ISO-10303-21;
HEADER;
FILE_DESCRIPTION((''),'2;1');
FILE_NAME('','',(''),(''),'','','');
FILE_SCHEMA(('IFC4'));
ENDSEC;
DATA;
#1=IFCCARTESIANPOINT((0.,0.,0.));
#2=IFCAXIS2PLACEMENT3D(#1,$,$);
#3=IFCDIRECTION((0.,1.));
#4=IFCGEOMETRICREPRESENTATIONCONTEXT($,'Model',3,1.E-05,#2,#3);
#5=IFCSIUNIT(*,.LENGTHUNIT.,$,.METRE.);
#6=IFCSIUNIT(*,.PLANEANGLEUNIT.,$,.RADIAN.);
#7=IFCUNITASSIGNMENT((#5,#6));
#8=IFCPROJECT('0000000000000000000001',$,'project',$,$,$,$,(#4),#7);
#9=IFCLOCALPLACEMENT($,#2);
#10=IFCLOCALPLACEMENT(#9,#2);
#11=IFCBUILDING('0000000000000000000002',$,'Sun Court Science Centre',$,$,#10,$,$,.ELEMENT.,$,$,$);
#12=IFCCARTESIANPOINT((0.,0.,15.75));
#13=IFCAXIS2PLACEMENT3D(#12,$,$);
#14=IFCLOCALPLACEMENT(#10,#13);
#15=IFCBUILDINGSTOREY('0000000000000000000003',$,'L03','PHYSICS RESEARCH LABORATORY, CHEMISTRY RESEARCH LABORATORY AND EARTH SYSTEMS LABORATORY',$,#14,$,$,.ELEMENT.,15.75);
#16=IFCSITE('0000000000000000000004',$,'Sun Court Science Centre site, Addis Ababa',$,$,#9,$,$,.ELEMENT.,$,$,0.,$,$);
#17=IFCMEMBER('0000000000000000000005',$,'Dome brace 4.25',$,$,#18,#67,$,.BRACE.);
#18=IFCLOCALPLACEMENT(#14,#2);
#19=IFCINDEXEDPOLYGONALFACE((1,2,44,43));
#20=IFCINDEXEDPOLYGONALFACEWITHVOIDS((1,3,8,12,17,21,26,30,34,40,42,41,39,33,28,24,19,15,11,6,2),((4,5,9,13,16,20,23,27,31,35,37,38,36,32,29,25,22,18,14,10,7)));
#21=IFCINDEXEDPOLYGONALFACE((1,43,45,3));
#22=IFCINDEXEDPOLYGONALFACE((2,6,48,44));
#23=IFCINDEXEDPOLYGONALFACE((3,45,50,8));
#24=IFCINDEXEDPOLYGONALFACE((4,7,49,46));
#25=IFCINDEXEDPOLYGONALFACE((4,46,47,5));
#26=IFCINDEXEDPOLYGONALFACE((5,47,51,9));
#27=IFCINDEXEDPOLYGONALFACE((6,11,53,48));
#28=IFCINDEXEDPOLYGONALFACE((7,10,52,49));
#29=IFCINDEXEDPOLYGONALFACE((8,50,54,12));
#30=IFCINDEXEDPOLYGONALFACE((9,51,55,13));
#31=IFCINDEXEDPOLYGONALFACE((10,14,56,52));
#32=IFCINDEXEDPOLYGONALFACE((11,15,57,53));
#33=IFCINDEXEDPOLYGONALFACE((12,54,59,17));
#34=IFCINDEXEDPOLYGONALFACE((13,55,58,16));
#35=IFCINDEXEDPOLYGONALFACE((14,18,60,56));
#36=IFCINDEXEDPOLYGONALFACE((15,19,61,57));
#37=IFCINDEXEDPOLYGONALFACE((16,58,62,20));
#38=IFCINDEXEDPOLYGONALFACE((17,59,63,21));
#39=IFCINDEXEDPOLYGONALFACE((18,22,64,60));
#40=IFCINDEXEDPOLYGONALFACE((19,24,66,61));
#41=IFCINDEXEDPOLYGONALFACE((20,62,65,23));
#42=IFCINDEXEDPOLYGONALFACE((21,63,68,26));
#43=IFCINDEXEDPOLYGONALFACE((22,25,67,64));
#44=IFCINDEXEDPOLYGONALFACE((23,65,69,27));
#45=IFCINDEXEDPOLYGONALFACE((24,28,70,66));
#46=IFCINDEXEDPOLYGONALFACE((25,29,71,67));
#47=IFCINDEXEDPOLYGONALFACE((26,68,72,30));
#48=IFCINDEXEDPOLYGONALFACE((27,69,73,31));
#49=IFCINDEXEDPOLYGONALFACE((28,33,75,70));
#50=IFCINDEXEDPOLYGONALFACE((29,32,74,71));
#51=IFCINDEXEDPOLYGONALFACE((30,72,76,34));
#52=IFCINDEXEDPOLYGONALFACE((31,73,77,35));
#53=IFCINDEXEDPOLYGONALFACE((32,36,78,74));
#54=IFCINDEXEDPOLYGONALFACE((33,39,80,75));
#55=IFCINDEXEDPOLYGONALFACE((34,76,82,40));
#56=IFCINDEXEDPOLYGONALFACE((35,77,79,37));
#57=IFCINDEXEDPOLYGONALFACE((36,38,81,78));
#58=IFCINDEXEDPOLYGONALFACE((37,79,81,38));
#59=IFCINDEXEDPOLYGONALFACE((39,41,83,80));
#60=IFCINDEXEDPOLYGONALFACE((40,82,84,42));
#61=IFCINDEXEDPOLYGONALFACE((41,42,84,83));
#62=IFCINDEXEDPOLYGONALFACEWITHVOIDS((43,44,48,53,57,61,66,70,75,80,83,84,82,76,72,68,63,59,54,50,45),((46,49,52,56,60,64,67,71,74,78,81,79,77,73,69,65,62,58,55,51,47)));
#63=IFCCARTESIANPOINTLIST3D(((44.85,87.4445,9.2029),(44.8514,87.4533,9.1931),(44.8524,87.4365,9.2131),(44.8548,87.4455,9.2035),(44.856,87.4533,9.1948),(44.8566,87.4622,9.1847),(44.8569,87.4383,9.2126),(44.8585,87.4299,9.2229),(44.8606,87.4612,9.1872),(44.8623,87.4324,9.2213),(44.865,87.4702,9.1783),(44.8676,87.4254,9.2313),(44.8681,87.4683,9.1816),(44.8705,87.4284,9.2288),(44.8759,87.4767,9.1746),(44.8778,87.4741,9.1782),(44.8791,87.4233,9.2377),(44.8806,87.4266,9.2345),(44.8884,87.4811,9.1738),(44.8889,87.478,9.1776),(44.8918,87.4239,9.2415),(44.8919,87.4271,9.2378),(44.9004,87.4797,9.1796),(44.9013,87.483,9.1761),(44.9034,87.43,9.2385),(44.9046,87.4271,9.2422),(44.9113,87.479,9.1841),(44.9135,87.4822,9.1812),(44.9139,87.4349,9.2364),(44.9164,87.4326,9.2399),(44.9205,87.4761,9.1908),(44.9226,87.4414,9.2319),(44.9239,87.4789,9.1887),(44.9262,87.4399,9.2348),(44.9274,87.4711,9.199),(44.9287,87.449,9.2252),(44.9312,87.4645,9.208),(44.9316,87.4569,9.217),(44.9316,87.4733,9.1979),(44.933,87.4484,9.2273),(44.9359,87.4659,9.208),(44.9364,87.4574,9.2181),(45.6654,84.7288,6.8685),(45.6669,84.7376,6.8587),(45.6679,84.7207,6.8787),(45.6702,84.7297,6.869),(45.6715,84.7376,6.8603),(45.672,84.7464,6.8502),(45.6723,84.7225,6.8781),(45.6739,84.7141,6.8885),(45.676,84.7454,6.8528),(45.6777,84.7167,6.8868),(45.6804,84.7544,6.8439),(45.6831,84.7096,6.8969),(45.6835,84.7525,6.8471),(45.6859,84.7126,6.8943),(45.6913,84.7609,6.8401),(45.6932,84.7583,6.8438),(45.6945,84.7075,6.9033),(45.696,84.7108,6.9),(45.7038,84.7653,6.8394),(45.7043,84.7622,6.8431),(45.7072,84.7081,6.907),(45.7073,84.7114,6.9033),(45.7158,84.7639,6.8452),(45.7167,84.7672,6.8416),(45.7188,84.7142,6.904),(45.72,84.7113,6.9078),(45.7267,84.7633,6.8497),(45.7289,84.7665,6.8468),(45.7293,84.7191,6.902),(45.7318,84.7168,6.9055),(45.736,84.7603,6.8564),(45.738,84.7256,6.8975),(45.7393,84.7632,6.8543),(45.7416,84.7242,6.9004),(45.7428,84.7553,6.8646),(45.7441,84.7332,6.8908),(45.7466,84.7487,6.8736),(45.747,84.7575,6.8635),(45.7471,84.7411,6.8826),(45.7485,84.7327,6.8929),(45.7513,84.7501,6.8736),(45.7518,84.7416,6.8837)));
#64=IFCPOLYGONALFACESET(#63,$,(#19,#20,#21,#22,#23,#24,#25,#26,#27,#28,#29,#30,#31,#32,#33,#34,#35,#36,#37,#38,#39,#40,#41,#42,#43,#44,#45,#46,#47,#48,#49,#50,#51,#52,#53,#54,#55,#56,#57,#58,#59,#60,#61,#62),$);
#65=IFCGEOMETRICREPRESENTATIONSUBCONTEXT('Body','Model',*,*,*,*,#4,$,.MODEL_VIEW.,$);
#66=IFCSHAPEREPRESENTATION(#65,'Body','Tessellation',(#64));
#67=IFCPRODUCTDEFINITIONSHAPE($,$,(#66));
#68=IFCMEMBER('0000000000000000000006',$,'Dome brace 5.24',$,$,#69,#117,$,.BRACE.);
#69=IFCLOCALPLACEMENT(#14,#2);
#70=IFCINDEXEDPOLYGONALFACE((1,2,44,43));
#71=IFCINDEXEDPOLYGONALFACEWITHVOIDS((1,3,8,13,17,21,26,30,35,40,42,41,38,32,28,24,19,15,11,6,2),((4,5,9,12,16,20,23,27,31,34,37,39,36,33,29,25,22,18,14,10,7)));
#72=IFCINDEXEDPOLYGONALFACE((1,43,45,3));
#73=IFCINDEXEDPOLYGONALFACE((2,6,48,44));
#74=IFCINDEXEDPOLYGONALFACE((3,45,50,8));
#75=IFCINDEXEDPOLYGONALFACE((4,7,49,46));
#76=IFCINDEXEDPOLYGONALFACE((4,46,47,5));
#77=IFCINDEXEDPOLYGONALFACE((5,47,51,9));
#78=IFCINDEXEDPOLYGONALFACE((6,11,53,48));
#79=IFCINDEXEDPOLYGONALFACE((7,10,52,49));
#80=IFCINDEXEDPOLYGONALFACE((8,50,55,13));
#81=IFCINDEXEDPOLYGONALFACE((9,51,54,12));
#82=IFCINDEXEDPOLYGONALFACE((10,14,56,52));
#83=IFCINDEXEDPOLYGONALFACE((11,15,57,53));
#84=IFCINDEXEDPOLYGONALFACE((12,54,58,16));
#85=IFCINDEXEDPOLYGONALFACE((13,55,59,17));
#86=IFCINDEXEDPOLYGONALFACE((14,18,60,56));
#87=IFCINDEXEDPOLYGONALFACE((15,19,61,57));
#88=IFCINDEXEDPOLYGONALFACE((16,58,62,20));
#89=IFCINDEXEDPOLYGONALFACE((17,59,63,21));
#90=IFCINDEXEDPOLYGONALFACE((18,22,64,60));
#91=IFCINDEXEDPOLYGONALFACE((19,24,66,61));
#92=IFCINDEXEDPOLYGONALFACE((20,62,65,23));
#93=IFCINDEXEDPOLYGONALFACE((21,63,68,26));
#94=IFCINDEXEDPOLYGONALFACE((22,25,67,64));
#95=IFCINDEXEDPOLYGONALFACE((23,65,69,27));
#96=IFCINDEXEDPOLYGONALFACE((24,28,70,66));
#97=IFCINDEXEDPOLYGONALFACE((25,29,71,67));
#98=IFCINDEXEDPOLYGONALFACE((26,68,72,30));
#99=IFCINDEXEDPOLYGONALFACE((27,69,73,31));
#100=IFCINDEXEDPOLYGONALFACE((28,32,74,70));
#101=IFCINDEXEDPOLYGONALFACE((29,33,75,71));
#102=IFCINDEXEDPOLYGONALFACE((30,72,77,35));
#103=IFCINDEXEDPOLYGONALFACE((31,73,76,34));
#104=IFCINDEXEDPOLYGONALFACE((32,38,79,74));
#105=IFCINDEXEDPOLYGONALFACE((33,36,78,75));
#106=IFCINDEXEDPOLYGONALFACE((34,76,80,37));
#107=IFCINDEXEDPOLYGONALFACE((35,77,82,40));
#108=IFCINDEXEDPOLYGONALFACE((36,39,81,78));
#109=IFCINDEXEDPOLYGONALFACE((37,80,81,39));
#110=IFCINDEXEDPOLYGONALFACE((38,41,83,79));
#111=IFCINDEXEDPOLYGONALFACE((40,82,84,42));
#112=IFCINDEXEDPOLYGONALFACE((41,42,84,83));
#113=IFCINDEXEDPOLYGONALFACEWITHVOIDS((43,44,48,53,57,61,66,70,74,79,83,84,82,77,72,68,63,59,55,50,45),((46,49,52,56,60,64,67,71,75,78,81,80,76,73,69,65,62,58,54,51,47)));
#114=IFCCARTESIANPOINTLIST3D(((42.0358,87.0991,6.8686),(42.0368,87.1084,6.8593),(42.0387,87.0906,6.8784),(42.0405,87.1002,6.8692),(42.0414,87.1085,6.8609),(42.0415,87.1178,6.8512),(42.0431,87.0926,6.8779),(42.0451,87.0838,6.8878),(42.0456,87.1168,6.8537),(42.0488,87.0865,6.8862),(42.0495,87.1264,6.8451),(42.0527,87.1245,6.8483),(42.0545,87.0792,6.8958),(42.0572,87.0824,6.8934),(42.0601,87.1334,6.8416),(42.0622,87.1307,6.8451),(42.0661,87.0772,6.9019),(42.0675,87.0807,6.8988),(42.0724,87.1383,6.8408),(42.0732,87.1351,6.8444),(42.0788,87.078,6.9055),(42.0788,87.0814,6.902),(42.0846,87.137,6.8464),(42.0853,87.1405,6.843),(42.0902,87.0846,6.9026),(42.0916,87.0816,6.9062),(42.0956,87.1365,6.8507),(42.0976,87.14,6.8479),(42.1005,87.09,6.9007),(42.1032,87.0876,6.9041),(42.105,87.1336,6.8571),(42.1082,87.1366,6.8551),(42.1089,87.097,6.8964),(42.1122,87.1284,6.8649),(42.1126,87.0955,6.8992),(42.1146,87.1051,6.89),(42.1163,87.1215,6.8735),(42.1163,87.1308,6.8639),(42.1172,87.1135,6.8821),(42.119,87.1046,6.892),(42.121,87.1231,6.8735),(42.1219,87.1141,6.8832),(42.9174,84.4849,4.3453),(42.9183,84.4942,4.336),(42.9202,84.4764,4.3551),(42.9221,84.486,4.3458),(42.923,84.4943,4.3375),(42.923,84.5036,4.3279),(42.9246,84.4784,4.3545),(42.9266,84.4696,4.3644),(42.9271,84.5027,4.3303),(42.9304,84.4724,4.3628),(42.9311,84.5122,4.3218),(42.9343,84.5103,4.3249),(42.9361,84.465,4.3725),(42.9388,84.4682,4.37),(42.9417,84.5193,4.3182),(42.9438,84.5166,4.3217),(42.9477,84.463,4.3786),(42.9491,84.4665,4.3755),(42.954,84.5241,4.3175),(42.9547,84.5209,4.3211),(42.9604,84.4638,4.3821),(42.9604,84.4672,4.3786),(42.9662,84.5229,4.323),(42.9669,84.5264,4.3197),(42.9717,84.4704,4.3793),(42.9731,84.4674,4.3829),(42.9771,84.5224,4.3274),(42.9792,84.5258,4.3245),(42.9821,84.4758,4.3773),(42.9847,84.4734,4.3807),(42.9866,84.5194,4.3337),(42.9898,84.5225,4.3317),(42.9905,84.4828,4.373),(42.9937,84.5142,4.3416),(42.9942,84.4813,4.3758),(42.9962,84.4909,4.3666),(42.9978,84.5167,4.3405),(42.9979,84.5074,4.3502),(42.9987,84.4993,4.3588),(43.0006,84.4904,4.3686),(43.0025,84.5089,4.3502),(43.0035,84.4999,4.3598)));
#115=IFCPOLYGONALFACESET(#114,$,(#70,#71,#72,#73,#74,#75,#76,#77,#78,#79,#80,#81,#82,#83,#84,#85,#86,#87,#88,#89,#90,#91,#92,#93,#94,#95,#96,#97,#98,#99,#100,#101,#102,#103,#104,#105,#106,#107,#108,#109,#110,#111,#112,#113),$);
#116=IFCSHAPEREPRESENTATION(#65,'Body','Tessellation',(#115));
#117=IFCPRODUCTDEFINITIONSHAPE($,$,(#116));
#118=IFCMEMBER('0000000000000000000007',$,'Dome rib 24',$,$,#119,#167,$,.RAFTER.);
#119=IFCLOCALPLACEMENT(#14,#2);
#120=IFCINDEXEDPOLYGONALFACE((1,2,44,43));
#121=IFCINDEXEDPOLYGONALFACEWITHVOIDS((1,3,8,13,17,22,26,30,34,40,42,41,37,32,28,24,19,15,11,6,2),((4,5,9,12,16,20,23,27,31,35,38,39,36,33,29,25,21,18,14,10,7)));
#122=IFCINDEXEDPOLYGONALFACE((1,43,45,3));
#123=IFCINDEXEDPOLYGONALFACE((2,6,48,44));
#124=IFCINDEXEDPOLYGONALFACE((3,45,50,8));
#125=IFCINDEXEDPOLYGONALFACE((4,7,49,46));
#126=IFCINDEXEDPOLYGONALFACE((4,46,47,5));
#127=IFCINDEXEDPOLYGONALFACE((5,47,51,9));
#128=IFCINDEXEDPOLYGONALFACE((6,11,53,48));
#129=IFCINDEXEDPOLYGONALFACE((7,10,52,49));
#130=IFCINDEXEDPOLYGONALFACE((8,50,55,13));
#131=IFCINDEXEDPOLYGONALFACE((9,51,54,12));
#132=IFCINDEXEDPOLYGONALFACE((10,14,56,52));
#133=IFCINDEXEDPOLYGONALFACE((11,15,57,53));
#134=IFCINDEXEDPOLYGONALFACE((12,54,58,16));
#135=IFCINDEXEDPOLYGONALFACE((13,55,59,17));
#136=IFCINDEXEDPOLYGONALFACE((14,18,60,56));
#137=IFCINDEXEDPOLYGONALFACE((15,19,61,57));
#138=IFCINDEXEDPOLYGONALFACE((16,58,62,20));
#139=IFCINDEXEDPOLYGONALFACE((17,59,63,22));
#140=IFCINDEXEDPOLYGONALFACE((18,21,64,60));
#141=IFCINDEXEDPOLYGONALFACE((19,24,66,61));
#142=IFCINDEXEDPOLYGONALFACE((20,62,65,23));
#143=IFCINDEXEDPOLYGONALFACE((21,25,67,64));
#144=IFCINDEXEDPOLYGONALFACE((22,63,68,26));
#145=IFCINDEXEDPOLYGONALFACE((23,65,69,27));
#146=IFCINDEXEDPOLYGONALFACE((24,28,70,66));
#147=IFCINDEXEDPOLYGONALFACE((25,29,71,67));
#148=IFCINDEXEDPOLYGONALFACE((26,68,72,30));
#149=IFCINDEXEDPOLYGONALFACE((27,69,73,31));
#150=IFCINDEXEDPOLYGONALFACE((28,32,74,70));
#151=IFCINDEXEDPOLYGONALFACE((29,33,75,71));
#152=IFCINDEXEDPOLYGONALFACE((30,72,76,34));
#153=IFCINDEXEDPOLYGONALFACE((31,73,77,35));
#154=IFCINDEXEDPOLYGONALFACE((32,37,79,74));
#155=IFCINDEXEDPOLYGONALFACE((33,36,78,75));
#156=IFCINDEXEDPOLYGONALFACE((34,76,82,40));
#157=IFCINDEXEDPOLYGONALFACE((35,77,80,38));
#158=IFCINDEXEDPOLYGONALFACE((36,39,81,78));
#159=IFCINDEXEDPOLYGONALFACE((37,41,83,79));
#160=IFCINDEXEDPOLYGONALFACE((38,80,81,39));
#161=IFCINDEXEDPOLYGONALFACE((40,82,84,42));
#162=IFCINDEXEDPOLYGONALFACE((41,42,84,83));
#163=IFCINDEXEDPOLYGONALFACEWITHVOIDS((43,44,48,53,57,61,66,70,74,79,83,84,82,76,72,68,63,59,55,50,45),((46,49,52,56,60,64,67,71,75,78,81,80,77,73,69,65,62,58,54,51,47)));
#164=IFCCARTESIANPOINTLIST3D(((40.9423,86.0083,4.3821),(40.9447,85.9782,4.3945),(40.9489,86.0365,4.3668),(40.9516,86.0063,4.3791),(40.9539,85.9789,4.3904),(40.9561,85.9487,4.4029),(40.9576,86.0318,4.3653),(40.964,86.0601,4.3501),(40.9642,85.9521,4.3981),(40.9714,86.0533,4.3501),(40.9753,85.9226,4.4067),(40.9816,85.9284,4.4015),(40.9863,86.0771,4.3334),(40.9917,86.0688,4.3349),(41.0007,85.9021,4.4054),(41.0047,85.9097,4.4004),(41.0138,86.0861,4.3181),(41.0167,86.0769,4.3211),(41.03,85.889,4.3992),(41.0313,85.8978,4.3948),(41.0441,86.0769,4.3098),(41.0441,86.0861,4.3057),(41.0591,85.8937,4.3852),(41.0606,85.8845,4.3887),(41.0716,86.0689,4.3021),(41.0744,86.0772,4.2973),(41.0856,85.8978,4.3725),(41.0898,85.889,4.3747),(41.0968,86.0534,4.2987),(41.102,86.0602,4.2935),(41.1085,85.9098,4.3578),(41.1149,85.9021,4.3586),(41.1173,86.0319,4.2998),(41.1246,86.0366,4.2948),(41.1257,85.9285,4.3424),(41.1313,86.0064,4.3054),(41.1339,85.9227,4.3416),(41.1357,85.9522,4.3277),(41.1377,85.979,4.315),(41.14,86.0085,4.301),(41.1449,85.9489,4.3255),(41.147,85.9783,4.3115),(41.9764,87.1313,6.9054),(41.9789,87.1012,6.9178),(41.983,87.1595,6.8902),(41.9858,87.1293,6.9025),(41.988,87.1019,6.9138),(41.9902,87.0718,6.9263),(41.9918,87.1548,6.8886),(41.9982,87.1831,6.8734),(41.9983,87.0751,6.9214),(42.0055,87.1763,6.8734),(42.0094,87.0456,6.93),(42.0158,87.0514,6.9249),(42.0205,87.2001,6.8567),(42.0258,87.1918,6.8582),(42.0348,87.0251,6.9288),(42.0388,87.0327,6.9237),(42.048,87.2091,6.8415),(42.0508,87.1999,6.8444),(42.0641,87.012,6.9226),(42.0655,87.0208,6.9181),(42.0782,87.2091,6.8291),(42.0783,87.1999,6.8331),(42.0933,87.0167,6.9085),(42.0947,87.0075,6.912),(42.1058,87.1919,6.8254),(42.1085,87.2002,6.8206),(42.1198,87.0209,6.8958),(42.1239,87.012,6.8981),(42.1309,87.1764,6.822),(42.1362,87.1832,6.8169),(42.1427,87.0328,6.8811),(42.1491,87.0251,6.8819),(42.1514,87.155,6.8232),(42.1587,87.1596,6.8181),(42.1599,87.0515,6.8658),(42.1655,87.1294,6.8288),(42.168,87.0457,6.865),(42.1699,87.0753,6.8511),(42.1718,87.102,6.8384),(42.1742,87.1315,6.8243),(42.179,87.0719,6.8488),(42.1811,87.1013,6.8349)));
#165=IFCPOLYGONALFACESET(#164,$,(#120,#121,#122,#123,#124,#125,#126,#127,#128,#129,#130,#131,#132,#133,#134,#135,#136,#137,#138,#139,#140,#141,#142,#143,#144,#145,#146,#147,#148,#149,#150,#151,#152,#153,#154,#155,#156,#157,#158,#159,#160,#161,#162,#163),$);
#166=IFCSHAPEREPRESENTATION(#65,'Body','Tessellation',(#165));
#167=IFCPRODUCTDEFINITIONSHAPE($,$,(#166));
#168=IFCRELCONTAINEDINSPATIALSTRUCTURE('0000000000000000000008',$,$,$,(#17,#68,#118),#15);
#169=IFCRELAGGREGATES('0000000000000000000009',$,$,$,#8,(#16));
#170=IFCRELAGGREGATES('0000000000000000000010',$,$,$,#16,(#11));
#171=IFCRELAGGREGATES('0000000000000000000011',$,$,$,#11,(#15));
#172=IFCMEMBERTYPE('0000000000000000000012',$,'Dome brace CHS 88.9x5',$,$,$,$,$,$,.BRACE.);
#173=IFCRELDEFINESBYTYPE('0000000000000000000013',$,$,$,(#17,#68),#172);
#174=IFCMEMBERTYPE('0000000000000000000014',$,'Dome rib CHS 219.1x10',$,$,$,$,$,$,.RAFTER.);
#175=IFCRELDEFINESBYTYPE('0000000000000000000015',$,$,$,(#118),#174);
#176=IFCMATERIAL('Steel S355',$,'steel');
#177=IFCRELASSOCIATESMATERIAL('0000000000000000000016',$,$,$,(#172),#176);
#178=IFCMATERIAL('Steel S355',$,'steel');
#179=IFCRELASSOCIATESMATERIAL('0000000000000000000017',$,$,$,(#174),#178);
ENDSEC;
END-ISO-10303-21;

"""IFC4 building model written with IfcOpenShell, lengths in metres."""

from ifc_helpers import new_model, si_unit, direction, frame, origin, origin_2d, place, context, subcontext, project, spatial, hollow_circle, extrude, material, material_profile, profile_set, type_object, element, save


model = new_model("IFC4")

# Units and contexts
model_context = context("Model", 3, precision=1e-05, world=origin(), true_north=direction((0.0, 1.0)))
body_context = subcontext(model_context, "Body", "Model", "MODEL_VIEW")
ifc_project = project(units=[si_unit("LENGTHUNIT", "METRE"), si_unit("PLANEANGLEUNIT", "RADIAN")], contexts=[model_context])

# Site, building, storey
site_placement = place(None, origin())
site = spatial("IfcSite", under=ifc_project, at=site_placement, Name="Sun Court Science Centre site, Addis Ababa", CompositionType="ELEMENT", RefElevation=0.0)
building_placement = place(site_placement, origin())
building = spatial("IfcBuilding", under=site, at=building_placement, Name="Sun Court Science Centre", CompositionType="ELEMENT")
storey_placement = place(building_placement, frame((0.0, 0.0, 15.75)))
storey = spatial("IfcBuildingStorey", under=building, at=storey_placement, Name="L03", Description="PHYSICS RESEARCH LABORATORY, CHEMISTRY RESEARCH LABORATORY AND EARTH SYSTEMS LABORATORY", CompositionType="ELEMENT", Elevation=15.75)

# Members
ifc_material_1 = material(Name="Steel S355", Category="steel")
ifc_material_profile_1 = material_profile(ifc_material_1, hollow_circle(Radius=0.0444, WallThickness=0.0049, at=origin_2d()), Name="CHS 88.9x5")
ifc_profile_set_1 = profile_set([ifc_material_profile_1], Name="Steel S355")
member_type_1 = type_object("IfcMemberType", Name="Dome brace CHS 88.9x5", PredefinedType="BRACE", material=ifc_profile_set_1)
member_1_placement = place(storey_placement, frame((44.8933, 87.4531, 9.208), z_axis=(0.222011, -0.739416, -0.63559), x_axis=(0.95776, 0.287569, 0.0)))
element("IfcMember", 1, at=member_1_placement, inside=storey, type_object=member_type_1, Name="Dome brace 4.25", PredefinedType="BRACE", context=body_context, shape_type="SweptSolid", body=[
    extrude(hollow_circle(Radius=0.0444, WallThickness=0.0049, at=origin_2d()), origin(), (0.0, 0.0, 1.0), 3.6729),
])
member_2_placement = place(storey_placement, frame((42.0789, 87.1089, 6.8735), z_axis=(0.23579, -0.699207, -0.674917), x_axis=(0.947571, 0.319544, 0.0)))
element("IfcMember", 2, at=member_2_placement, inside=storey, type_object=member_type_1, Name="Dome brace 5.24", PredefinedType="BRACE", context=body_context, shape_type="SweptSolid", body=[
    extrude(hollow_circle(Radius=0.0444, WallThickness=0.0049, at=origin_2d()), origin(), (0.0, 0.0, 1.0), 3.7388),
])
ifc_material_2 = material(Name="Steel S355", Category="steel")
ifc_material_profile_2 = material_profile(ifc_material_2, hollow_circle(Radius=0.1096, WallThickness=0.01, at=origin_2d()), Name="CHS 219.1x10")
ifc_profile_set_2 = profile_set([ifc_material_profile_2], Name="Steel S355")
member_type_2 = type_object("IfcMemberType", Name="Dome rib CHS 219.1x10", PredefinedType="RAFTER", material=ifc_profile_set_2)
member_3_placement = place(storey_placement, frame((41.0447, 85.9858, 4.3501), z_axis=(0.35065, 0.380781, 0.855599), x_axis=(-0.735612, 0.677403, 0.0)))
element("IfcMember", 3, at=member_3_placement, inside=storey, type_object=member_type_2, Name="Dome rib 24", PredefinedType="RAFTER", context=body_context, shape_type="SweptSolid", body=[
    extrude(hollow_circle(Radius=0.1096, WallThickness=0.01, at=origin_2d()), origin(), (0.0, 0.0, 1.0), 2.9492),
])

save(model, "model.ifc")
